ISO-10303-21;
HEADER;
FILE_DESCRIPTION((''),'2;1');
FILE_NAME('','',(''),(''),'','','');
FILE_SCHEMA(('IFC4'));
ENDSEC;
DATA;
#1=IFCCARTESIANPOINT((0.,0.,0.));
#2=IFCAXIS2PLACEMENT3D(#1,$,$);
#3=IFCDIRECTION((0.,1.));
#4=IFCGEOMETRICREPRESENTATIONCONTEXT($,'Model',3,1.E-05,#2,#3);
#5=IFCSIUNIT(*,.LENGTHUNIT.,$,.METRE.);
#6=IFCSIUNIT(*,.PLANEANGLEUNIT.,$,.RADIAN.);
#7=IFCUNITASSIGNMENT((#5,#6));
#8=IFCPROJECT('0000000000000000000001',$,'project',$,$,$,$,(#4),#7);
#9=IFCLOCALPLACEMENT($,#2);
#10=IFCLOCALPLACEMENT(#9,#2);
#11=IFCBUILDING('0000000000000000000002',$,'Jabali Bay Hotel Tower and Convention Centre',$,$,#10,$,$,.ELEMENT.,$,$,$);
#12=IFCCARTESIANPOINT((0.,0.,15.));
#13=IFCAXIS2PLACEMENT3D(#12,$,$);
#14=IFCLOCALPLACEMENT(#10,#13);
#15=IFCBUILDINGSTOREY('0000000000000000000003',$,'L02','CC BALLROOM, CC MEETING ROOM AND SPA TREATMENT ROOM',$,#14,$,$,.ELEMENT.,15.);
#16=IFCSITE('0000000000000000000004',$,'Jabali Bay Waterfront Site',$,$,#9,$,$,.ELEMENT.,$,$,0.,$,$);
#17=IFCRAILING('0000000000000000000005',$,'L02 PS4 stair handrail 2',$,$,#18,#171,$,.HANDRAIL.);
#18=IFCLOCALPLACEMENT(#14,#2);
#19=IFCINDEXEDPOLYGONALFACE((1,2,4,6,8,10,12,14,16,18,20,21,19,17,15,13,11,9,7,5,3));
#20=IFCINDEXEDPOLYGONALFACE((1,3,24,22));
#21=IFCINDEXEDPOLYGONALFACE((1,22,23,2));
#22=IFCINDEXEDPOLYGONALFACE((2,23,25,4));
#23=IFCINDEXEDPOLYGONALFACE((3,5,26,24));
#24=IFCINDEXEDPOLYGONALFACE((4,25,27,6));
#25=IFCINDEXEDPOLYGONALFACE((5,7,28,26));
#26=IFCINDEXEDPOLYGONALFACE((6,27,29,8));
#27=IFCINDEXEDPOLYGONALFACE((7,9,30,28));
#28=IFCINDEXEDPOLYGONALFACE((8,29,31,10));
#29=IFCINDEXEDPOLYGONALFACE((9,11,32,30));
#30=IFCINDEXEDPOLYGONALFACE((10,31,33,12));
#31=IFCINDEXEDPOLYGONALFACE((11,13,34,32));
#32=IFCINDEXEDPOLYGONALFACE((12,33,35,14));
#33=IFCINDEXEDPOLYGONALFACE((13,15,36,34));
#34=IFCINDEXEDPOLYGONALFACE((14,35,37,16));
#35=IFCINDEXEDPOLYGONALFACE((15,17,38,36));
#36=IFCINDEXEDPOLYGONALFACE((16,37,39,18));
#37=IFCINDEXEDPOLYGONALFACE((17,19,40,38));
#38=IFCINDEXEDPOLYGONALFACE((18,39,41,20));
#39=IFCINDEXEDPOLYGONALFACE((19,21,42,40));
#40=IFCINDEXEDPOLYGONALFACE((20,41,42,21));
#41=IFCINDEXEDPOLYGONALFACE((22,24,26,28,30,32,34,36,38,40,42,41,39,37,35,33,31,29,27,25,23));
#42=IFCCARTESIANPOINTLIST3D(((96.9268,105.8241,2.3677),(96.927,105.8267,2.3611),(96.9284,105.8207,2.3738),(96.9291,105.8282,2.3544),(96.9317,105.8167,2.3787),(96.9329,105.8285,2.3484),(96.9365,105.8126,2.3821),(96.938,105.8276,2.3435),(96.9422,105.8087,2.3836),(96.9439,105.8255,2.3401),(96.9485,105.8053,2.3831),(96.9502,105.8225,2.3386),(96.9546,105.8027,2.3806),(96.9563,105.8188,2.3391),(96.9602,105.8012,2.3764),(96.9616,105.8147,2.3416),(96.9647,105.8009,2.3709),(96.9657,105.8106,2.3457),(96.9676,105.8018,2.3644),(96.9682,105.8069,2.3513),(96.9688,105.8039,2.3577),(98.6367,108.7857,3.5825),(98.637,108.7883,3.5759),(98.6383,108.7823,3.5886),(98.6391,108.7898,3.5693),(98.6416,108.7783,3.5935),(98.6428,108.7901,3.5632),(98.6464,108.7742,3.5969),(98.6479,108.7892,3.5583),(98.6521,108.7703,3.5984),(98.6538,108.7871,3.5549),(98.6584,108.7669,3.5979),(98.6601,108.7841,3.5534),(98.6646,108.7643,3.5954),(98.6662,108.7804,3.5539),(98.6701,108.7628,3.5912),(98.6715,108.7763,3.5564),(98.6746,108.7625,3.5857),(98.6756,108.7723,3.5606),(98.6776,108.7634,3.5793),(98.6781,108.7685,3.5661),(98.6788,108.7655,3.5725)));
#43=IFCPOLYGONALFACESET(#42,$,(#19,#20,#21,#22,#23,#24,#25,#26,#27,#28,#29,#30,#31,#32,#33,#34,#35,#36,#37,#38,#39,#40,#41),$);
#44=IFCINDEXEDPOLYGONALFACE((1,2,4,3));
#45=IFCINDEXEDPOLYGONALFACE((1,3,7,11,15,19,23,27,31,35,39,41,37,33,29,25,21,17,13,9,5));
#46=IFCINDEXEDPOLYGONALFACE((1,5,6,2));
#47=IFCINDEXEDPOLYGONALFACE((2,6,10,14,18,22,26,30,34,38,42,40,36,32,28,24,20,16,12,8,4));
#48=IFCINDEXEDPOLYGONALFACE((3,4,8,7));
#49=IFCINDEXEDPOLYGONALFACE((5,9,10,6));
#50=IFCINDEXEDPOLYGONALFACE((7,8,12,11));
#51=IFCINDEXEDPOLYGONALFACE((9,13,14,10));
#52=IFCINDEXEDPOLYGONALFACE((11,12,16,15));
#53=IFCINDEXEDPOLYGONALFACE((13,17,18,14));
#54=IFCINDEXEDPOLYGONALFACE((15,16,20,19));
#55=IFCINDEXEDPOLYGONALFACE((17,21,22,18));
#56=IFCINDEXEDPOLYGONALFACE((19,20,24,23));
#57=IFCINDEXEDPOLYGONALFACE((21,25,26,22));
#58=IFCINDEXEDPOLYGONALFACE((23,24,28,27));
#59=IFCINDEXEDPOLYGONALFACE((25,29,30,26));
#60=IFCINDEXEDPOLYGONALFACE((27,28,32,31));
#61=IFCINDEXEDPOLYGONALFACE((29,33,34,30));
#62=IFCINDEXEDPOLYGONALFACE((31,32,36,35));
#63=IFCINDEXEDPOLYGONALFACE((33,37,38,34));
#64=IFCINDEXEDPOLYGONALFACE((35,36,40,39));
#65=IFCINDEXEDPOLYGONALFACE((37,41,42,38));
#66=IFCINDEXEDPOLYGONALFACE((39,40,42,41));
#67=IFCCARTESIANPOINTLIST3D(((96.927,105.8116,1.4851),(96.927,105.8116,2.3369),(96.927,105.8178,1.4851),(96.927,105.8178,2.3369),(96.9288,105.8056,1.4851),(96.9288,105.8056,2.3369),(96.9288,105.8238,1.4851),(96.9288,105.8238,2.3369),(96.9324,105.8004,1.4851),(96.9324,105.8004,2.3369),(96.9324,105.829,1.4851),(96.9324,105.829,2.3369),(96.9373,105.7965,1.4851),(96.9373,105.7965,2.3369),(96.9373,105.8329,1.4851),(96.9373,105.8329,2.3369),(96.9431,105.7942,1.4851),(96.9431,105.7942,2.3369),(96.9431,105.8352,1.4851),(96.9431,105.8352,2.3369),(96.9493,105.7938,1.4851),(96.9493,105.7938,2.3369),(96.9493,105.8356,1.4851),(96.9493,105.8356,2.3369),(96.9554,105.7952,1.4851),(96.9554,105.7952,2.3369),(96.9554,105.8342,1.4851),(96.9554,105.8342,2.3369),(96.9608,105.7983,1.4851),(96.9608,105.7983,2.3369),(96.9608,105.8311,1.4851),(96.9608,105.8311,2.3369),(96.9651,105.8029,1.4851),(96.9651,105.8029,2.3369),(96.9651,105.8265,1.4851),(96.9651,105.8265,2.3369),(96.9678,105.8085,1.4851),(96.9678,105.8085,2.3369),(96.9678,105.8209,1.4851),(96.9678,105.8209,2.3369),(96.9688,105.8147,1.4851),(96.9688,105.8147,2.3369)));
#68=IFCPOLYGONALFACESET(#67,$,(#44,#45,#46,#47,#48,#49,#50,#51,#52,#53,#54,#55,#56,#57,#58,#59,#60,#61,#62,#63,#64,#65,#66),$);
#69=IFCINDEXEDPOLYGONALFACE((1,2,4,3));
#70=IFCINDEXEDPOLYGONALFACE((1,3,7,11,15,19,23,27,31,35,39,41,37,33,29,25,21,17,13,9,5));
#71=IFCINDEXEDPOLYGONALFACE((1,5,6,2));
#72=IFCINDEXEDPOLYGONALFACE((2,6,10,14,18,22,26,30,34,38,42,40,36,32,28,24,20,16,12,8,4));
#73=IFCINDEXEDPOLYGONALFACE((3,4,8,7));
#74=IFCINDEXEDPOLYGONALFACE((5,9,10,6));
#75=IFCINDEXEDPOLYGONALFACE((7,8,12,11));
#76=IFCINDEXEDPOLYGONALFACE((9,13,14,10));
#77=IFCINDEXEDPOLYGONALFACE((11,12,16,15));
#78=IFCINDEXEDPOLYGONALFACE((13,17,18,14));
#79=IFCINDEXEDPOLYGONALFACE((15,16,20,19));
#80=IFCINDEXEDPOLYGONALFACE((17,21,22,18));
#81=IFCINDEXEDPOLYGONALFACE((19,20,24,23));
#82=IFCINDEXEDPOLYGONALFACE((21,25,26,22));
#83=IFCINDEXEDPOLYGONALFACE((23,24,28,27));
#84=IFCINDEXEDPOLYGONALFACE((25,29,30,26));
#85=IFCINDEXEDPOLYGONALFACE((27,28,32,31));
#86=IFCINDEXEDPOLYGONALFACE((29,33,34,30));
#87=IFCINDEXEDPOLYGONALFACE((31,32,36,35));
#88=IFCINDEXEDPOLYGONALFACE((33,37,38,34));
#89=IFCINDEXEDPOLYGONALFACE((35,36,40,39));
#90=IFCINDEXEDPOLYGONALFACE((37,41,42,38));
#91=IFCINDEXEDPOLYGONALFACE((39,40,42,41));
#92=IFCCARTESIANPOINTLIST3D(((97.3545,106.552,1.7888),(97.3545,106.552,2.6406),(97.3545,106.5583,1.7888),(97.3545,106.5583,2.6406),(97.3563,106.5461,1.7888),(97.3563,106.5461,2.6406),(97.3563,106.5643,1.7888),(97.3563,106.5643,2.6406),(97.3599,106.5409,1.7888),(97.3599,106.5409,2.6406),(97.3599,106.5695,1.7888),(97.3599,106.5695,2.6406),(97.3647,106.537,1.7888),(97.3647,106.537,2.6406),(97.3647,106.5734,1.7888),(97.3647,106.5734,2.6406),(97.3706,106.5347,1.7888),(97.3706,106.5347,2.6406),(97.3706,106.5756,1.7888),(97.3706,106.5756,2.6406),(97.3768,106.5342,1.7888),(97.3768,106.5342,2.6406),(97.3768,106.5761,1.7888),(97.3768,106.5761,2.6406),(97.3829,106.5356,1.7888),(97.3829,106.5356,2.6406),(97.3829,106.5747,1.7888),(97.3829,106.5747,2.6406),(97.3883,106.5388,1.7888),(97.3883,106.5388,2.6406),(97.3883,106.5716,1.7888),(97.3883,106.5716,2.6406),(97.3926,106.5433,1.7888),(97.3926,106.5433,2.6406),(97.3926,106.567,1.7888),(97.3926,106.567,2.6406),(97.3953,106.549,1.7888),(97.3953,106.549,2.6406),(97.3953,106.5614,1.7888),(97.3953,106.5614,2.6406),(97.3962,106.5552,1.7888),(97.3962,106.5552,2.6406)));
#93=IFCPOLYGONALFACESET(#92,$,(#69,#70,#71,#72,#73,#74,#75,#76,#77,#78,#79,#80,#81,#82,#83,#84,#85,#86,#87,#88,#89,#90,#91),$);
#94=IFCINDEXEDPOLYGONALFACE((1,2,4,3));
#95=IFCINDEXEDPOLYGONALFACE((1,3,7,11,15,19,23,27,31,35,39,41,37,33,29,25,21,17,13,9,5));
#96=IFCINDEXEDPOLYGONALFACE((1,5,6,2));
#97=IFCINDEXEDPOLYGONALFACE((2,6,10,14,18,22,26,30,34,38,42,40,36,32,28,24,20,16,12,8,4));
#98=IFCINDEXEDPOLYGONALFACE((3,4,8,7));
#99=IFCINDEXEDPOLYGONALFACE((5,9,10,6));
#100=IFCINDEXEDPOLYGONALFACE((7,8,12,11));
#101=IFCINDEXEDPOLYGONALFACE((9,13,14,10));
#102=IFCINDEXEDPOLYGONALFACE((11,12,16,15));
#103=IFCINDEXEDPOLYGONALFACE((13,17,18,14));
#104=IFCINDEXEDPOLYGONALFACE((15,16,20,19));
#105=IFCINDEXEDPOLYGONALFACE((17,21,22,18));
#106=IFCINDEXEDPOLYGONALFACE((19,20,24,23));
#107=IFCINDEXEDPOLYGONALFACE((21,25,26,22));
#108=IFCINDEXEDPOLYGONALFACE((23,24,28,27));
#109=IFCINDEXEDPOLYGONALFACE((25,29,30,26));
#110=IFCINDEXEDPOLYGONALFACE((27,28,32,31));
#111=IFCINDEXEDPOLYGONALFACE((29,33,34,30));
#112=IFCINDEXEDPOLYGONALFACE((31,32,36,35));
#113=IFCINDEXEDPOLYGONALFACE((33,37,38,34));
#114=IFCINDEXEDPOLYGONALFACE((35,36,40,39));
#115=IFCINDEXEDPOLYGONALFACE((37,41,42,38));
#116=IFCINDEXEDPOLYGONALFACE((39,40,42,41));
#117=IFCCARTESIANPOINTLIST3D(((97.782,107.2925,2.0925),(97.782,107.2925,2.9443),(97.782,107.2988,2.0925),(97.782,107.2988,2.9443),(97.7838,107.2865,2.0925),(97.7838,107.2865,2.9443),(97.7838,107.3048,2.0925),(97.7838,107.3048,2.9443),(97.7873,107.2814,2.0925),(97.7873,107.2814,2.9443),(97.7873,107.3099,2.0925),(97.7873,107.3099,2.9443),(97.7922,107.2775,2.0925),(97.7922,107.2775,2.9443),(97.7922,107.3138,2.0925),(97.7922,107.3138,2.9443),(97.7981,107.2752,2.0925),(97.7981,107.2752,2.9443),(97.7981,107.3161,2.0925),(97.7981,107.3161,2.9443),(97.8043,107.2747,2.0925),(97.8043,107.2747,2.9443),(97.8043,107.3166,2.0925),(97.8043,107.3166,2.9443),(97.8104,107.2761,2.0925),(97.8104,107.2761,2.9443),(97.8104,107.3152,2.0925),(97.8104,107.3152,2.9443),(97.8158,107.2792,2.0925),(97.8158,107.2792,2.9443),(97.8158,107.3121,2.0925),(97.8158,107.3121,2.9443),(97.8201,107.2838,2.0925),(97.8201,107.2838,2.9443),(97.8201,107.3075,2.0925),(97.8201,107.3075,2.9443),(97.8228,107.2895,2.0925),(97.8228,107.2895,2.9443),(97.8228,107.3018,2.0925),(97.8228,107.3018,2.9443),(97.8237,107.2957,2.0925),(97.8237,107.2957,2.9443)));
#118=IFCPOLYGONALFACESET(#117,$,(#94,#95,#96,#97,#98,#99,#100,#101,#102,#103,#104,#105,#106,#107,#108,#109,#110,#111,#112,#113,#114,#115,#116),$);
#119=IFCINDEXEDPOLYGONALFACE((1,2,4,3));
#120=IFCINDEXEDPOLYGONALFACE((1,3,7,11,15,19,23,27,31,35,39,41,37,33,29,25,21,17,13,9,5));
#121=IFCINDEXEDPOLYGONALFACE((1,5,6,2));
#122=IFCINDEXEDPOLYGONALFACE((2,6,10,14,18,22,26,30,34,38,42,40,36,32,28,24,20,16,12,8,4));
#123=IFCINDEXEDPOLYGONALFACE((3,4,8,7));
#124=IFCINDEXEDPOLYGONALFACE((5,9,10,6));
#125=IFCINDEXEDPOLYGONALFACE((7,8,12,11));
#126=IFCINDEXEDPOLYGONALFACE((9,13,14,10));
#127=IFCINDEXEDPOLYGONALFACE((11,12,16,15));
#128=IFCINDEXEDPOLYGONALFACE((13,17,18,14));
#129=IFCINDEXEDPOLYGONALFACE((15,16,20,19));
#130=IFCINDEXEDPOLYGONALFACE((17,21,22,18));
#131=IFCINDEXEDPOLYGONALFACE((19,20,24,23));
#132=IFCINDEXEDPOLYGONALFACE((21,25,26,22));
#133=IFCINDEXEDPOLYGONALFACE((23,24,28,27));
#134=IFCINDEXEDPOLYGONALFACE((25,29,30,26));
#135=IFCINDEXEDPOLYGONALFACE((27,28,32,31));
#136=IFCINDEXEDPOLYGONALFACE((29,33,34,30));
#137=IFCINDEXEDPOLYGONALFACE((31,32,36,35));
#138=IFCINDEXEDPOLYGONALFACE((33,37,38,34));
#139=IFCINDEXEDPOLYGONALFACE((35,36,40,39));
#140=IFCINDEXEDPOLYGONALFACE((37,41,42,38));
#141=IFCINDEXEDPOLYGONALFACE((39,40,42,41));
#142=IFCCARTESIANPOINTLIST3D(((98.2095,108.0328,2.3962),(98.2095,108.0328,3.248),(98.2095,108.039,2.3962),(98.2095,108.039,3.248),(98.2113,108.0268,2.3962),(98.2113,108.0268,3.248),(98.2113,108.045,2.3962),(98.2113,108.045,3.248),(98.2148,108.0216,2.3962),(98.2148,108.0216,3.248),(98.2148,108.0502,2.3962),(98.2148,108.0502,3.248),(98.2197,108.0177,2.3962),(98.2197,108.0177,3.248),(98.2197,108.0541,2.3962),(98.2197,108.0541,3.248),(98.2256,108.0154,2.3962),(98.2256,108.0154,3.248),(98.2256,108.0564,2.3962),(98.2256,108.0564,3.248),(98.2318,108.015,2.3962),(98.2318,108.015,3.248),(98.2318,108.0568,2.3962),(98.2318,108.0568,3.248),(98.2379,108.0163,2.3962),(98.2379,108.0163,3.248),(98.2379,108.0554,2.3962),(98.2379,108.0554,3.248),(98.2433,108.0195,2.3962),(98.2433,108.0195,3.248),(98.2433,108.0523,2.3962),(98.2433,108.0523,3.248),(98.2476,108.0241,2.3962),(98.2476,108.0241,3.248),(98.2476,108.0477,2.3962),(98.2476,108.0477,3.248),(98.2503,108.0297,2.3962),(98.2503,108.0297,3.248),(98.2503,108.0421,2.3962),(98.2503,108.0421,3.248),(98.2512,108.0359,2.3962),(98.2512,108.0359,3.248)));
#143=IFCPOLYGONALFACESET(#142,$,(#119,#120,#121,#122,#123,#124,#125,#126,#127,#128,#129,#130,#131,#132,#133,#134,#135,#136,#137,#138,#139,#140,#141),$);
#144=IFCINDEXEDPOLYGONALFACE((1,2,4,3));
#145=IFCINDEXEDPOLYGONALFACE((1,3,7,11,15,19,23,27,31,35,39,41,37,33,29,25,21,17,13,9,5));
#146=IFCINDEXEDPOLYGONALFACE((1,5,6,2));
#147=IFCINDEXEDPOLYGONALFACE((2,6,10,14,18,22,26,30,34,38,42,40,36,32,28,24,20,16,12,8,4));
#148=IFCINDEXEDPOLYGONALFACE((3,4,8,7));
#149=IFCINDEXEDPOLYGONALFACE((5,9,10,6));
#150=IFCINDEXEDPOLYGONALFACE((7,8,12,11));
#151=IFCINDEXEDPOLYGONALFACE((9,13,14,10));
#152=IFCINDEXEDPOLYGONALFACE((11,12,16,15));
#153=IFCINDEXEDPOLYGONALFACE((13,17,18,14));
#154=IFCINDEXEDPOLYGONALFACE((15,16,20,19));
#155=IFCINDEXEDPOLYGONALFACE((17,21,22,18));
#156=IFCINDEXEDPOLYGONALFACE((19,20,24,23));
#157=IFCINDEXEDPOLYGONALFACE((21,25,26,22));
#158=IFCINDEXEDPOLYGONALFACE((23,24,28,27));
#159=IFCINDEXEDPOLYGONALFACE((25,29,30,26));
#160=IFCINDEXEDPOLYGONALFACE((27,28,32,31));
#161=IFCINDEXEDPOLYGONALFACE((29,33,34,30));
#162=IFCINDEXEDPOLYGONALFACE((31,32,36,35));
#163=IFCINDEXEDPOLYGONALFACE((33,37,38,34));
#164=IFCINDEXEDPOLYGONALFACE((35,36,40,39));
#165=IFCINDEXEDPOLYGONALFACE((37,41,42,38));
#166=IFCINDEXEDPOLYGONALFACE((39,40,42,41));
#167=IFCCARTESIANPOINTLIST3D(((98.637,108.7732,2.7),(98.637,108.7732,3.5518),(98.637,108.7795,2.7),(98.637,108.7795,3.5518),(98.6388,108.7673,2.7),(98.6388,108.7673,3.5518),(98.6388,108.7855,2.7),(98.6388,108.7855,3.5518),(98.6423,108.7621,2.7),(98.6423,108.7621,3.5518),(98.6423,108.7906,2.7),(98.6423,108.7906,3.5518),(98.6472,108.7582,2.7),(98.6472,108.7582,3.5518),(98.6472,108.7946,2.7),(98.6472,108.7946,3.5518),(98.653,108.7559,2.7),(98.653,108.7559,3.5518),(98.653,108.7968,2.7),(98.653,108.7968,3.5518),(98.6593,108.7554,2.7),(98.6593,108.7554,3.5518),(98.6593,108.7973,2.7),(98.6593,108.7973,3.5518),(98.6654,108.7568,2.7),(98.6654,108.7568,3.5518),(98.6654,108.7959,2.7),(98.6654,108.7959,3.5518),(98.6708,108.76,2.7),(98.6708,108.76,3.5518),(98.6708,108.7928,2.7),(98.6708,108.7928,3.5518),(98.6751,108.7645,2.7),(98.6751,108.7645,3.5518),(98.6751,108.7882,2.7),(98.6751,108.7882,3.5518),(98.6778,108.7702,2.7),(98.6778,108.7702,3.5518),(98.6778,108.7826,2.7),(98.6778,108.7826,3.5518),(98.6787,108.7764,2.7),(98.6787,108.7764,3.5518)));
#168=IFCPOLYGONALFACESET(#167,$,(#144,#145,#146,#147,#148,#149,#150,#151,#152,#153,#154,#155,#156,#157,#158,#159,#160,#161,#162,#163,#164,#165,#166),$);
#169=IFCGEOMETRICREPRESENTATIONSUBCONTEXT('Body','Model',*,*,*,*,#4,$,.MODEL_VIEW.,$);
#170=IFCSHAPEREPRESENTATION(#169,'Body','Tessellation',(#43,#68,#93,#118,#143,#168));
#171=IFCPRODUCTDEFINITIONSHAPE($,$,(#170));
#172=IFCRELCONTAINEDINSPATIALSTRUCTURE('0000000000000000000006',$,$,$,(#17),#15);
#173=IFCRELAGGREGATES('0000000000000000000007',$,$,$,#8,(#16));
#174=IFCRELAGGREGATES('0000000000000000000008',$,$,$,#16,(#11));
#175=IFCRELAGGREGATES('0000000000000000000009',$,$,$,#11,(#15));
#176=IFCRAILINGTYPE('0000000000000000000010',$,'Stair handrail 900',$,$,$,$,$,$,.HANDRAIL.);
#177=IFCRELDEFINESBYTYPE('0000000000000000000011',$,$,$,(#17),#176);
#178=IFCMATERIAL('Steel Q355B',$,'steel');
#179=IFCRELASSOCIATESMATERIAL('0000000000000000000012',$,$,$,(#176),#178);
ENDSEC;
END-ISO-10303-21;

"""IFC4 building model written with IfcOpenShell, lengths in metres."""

from ifc_helpers import new_model, si_unit, direction, frame, origin, origin_2d, place, context, subcontext, project, spatial, circle, extrude, material, type_object, element, save


model = new_model("IFC4")

# Units and contexts
model_context = context("Model", 3, precision=1e-05, world=origin(), true_north=direction((0.0, 1.0)))
body_context = subcontext(model_context, "Body", "Model", "MODEL_VIEW")
ifc_project = project(units=[si_unit("LENGTHUNIT", "METRE"), si_unit("PLANEANGLEUNIT", "RADIAN")], contexts=[model_context])

# Site, building, storey
site_placement = place(None, origin())
site = spatial("IfcSite", under=ifc_project, at=site_placement, Name="Jabali Bay Waterfront Site", CompositionType="ELEMENT", RefElevation=0.0)
building_placement = place(site_placement, origin())
building = spatial("IfcBuilding", under=site, at=building_placement, Name="Jabali Bay Hotel Tower and Convention Centre", CompositionType="ELEMENT")
storey_placement = place(building_placement, frame((0.0, 0.0, 15.0)))
storey = spatial("IfcBuildingStorey", under=building, at=storey_placement, Name="L02", Description="CC BALLROOM, CC MEETING ROOM AND SPA TREATMENT ROOM", CompositionType="ELEMENT", Elevation=15.0)

# Railing
ifc_material_1 = material(Name="Steel Q355B", Category="steel")
railing_type_1 = type_object("IfcRailingType", Name="Stair handrail 900", PredefinedType="HANDRAIL", material=ifc_material_1)
for number, where, name in (
    (1, (96.9478, 105.8147, 1.4851), "L02 PS4 stair handrail 2"),
):
    element("IfcRailing", number, at=place(storey_placement, frame(where)), inside=storey, type_object=railing_type_1, Name=name, PredefinedType="HANDRAIL", context=body_context, shape_type="SweptSolid", body=[
        extrude(circle(Radius=0.0239, at=origin_2d()), frame((0.0, 0.0, 0.876), z_axis=(0.471164, 0.81606, 0.334739), x_axis=(-0.86602, 0.500009, 0.0)), (0.0, 0.0, 1.0), 3.6292),
        extrude(circle(Radius=0.021, at=origin_2d()), origin(), (0.0, 0.0, 1.0), 0.8518),
        extrude(circle(Radius=0.021, at=origin_2d()), frame((0.4275, 0.7405, 0.3037)), (0.0, 0.0, 1.0), 0.8518),
        extrude(circle(Radius=0.021, at=origin_2d()), frame((0.855, 1.481, 0.6074)), (0.0, 0.0, 1.0), 0.8518),
        extrude(circle(Radius=0.021, at=origin_2d()), frame((1.2825, 2.2212, 0.9111)), (0.0, 0.0, 1.0), 0.8518),
        extrude(circle(Radius=0.021, at=origin_2d()), frame((1.71, 2.9617, 1.2148)), (0.0, 0.0, 1.0), 0.8518),
    ])

save(model, "model.ifc")
